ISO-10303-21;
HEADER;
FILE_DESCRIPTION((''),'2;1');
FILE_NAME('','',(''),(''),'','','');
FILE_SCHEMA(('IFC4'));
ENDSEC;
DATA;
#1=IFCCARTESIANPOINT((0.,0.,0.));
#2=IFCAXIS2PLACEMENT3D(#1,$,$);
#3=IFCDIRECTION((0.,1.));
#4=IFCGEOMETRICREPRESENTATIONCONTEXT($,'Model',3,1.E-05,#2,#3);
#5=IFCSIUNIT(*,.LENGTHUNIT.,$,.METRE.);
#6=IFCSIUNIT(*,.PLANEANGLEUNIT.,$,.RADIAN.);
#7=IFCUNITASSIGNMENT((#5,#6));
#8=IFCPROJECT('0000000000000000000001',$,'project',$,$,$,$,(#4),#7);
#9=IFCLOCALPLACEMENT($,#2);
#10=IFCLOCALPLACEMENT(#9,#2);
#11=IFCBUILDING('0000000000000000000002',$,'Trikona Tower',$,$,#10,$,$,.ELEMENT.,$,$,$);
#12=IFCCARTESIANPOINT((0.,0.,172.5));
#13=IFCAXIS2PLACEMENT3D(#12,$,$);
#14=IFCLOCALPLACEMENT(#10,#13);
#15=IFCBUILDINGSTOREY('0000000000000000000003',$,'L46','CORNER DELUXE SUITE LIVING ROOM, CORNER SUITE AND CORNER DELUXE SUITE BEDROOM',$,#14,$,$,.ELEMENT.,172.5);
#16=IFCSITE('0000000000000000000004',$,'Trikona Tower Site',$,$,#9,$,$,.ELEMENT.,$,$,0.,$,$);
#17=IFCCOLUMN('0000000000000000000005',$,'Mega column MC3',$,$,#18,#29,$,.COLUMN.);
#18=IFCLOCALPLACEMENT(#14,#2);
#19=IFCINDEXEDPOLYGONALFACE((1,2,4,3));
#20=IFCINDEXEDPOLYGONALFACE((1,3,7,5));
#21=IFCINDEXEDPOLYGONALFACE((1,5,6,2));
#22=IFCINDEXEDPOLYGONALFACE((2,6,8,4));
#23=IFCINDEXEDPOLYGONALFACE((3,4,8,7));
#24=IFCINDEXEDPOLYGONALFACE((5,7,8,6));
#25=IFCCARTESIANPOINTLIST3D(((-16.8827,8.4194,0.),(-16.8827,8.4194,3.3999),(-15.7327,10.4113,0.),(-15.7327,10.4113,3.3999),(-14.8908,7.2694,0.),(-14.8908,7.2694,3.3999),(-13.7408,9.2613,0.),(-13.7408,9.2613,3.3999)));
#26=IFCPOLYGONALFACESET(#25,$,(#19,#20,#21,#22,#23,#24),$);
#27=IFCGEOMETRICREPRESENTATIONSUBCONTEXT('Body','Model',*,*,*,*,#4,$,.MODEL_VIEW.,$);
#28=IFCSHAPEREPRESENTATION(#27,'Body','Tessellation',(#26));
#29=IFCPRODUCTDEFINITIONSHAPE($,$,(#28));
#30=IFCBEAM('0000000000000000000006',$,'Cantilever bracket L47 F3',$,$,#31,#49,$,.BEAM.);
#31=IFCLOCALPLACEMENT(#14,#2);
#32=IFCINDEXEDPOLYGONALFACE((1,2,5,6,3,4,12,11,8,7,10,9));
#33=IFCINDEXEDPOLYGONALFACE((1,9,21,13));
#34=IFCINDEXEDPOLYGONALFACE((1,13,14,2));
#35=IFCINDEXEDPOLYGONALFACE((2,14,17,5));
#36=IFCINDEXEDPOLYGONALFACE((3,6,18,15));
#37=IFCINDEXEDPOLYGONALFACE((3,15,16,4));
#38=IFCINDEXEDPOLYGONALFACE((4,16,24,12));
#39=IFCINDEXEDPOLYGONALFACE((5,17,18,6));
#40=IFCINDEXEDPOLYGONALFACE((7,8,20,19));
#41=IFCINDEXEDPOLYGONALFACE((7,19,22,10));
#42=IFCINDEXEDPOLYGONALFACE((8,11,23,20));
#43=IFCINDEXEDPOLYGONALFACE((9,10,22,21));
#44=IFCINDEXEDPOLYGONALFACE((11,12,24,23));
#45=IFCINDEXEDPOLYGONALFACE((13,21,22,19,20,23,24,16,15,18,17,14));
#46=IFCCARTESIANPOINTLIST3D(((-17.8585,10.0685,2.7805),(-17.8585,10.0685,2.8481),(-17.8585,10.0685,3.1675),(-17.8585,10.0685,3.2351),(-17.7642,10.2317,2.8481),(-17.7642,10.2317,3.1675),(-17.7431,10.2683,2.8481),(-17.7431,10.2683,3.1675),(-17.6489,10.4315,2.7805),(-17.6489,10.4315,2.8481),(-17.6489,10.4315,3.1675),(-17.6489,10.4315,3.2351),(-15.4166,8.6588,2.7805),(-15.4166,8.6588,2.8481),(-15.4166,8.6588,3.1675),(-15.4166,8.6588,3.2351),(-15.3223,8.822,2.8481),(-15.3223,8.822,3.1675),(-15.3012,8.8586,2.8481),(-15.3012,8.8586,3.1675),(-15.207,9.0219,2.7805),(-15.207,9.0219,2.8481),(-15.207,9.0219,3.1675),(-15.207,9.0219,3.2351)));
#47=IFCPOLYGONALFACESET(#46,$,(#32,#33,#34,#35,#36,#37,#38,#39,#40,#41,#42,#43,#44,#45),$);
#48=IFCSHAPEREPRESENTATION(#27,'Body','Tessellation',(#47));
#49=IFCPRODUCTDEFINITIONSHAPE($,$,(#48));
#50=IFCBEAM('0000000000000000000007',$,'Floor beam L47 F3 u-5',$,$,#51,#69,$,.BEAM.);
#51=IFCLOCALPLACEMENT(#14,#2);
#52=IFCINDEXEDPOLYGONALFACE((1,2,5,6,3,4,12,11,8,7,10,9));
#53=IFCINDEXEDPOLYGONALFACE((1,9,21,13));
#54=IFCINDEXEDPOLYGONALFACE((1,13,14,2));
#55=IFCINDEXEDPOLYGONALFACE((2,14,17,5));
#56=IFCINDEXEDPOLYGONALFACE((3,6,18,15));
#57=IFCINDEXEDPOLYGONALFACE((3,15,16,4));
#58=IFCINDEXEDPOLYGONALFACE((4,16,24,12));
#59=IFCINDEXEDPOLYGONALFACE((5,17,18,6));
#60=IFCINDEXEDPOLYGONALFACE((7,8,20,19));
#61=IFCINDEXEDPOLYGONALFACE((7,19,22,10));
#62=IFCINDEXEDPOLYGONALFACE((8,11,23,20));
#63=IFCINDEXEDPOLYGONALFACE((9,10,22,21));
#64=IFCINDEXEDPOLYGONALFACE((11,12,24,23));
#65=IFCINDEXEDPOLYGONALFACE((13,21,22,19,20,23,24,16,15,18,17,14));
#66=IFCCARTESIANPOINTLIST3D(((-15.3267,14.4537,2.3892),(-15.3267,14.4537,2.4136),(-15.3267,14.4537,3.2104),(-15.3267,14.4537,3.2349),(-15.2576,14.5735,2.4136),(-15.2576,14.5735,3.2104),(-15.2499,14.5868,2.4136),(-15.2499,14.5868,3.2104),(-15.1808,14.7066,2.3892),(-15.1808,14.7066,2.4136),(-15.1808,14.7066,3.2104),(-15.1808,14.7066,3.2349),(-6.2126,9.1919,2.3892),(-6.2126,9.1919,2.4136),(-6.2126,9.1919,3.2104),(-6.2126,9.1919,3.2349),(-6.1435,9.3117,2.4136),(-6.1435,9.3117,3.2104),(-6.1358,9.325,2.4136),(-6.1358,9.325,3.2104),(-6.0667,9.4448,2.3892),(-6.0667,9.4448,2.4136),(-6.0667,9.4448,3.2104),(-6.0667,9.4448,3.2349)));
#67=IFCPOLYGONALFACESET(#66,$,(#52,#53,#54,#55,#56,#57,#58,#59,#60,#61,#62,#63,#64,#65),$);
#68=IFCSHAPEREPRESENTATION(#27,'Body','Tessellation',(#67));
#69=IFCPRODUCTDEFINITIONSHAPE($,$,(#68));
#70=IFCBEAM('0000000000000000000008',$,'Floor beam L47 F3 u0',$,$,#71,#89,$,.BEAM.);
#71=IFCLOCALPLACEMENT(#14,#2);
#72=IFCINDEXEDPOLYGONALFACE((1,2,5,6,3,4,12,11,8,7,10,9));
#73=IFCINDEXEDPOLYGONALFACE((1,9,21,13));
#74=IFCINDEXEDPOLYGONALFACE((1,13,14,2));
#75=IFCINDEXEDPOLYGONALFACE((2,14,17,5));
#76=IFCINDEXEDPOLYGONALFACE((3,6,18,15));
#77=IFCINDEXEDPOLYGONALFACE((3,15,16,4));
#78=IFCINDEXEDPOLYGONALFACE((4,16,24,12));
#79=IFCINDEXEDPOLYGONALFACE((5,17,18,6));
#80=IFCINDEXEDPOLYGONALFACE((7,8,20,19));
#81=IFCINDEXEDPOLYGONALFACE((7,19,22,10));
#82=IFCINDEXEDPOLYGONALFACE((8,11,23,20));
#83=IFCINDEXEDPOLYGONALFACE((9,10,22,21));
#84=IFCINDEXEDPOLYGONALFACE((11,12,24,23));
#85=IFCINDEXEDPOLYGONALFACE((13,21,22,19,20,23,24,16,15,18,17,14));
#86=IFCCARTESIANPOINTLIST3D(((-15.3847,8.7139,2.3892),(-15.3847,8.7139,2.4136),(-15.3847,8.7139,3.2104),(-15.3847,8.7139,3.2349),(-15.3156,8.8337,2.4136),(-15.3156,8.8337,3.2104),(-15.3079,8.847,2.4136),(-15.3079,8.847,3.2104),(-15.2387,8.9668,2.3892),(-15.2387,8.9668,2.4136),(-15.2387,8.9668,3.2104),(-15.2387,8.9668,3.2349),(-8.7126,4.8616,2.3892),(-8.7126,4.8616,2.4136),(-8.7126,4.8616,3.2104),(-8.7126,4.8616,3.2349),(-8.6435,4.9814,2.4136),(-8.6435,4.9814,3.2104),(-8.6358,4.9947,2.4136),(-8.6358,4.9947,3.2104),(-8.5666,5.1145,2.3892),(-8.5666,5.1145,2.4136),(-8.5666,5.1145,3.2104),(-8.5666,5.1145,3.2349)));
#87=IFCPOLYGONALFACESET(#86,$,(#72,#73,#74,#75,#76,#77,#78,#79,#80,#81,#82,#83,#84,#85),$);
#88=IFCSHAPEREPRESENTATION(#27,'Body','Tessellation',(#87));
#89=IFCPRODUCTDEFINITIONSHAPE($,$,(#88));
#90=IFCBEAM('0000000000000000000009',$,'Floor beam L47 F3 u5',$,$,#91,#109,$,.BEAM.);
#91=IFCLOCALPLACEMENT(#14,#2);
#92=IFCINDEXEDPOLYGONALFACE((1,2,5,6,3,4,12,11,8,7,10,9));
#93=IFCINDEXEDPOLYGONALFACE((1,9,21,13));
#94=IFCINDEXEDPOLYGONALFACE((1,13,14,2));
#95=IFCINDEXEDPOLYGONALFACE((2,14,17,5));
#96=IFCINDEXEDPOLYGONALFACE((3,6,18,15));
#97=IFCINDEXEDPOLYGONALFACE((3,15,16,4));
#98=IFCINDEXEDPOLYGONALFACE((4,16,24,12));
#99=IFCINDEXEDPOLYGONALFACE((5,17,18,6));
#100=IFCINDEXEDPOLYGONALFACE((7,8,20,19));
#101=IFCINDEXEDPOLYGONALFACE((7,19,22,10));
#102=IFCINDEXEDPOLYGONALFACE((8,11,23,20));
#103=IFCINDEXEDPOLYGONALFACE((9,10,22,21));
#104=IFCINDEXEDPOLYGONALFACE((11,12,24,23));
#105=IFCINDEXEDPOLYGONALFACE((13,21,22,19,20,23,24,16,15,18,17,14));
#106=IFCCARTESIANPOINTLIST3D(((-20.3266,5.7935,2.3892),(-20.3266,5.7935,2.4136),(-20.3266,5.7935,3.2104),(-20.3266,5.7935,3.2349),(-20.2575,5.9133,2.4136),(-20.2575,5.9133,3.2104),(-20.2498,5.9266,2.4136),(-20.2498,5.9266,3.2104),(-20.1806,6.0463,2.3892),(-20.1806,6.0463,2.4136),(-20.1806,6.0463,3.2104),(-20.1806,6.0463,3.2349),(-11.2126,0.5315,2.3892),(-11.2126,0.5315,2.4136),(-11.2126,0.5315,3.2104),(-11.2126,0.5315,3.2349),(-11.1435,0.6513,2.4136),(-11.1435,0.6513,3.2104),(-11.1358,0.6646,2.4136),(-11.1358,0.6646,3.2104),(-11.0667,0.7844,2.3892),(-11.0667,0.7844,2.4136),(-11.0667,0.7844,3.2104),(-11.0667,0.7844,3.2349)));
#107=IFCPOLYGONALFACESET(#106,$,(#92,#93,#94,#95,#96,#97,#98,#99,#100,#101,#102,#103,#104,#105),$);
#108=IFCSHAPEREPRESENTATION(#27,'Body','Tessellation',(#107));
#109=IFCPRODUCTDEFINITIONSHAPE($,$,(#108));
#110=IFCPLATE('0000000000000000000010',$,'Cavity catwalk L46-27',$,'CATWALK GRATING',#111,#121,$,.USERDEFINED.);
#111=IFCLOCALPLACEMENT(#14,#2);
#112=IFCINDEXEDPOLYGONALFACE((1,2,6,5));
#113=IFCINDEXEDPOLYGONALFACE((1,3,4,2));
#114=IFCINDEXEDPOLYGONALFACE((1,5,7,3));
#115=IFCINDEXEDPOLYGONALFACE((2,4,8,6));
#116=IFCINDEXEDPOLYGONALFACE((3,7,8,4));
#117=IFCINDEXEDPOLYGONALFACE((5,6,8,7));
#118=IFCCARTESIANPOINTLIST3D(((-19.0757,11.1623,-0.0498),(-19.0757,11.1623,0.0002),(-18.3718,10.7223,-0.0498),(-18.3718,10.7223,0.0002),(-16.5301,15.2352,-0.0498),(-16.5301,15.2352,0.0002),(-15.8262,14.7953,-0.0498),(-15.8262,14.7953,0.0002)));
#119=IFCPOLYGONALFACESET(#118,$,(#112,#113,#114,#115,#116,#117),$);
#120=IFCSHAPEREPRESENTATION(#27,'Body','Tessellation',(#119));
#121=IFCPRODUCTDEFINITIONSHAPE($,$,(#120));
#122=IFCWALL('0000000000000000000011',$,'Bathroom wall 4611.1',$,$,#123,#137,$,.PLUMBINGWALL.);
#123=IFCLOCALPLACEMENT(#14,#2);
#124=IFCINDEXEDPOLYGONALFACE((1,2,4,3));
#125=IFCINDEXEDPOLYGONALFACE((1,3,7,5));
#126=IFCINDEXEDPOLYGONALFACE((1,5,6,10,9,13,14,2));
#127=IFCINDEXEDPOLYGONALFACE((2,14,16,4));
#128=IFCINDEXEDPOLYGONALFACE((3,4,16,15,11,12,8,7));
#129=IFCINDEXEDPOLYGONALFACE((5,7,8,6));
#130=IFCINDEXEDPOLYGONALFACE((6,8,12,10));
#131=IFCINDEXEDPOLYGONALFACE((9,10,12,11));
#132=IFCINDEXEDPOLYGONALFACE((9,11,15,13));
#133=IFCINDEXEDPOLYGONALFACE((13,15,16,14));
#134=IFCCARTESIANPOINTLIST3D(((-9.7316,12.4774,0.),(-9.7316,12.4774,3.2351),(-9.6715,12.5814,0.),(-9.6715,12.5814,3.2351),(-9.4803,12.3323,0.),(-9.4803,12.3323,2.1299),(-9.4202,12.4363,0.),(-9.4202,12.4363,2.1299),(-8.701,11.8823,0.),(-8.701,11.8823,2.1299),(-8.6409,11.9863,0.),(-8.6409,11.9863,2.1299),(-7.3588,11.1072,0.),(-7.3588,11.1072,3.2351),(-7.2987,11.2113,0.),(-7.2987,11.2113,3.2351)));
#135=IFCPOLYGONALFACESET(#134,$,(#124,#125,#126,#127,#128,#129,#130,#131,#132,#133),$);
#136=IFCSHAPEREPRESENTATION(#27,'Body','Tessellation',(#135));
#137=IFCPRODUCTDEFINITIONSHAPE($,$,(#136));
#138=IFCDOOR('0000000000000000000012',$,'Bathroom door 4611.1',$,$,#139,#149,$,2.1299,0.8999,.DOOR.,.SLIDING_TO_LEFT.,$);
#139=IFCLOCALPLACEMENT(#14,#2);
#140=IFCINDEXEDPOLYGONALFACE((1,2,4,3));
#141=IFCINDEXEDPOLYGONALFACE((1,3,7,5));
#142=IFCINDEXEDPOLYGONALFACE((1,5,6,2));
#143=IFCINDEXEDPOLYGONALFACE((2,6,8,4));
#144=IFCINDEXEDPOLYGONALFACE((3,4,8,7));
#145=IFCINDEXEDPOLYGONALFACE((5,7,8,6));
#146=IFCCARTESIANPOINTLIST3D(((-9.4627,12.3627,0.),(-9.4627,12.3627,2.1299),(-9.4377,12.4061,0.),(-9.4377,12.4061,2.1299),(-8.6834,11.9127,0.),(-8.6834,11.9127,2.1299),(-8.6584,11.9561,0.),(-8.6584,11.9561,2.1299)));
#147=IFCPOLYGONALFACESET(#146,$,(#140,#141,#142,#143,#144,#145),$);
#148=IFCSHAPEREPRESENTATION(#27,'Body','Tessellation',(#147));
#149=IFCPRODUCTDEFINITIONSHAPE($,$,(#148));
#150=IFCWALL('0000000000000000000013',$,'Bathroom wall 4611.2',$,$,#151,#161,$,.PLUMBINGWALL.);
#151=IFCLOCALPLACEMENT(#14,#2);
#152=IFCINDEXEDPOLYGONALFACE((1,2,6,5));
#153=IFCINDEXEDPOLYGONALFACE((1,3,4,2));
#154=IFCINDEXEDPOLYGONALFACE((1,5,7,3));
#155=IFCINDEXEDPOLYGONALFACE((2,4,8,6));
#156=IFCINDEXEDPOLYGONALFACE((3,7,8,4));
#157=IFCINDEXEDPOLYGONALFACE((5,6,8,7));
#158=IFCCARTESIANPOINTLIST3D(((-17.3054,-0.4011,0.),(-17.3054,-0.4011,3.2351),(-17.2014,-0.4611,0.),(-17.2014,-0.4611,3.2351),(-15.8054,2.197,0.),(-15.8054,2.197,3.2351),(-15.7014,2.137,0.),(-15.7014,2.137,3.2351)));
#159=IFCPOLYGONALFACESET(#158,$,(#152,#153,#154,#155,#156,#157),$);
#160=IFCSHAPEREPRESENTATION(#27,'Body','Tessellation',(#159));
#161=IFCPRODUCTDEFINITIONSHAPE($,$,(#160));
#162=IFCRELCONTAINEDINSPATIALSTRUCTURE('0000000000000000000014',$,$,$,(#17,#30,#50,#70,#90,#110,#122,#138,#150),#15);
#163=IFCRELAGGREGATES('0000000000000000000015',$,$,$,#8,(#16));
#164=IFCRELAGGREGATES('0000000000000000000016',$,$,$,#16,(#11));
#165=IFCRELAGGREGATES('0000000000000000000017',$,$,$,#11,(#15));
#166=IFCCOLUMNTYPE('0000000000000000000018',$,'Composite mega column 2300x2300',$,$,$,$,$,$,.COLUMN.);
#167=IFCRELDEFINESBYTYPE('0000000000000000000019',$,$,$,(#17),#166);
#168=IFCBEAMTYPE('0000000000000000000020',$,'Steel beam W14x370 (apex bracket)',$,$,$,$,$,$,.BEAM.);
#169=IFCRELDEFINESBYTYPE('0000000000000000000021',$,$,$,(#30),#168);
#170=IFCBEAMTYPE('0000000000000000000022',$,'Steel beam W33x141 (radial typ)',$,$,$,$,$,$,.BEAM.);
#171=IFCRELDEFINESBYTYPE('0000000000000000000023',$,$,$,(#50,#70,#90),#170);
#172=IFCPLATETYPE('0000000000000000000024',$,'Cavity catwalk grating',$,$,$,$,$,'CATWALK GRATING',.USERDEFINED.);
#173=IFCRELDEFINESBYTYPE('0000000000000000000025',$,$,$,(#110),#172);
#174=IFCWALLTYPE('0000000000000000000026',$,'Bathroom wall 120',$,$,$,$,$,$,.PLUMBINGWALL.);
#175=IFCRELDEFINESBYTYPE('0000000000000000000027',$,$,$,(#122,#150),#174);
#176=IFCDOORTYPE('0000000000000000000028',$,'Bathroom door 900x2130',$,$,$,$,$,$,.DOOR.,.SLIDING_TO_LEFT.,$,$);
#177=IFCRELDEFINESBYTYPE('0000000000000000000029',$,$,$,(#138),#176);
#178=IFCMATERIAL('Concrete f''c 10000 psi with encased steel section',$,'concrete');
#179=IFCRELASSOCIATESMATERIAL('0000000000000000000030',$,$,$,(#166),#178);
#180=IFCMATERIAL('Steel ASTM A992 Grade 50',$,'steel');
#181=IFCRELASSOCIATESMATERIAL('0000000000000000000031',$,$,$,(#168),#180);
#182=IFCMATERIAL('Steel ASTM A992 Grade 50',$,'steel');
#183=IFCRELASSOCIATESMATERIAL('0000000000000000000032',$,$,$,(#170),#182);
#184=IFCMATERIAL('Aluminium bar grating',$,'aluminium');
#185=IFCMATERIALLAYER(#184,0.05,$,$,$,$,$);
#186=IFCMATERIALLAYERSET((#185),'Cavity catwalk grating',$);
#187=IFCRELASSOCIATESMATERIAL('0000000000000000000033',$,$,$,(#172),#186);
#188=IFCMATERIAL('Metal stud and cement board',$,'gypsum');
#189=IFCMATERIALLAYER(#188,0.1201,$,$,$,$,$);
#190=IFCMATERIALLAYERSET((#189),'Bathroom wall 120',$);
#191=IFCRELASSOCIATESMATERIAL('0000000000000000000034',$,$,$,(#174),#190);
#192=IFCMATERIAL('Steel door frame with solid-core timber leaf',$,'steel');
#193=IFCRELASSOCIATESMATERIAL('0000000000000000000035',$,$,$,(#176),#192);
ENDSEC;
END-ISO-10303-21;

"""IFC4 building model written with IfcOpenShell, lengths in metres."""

from ifc_helpers import new_model, si_unit, direction, frame, frame_2d, origin, origin_2d, place, context, subcontext, project, spatial, rectangle, i_section, extrude, material, layer, layer_set, material_profile, profile_set, type_object, element, fill, save


model = new_model("IFC4")

# Units and contexts
model_context = context("Model", 3, precision=1e-05, world=origin(), true_north=direction((0.0, 1.0)))
body_context = subcontext(model_context, "Body", "Model", "MODEL_VIEW")
ifc_project = project(units=[si_unit("LENGTHUNIT", "METRE"), si_unit("PLANEANGLEUNIT", "RADIAN")], contexts=[model_context])

# Site, building, storey
site_placement = place(None, origin())
site = spatial("IfcSite", under=ifc_project, at=site_placement, Name="Trikona Tower Site", CompositionType="ELEMENT", RefElevation=0.0)
building_placement = place(site_placement, origin())
building = spatial("IfcBuilding", under=site, at=building_placement, Name="Trikona Tower", CompositionType="ELEMENT")
storey_placement = place(building_placement, frame((0.0, 0.0, 172.5)))
storey = spatial("IfcBuildingStorey", under=building, at=storey_placement, Name="L46", Description="CORNER DELUXE SUITE LIVING ROOM, CORNER SUITE AND CORNER DELUXE SUITE BEDROOM", CompositionType="ELEMENT", Elevation=172.5)

# Column
ifc_material_1 = material(Name="Concrete f'c 10000 psi with encased steel section", Category="concrete")
ifc_material_profile_1 = material_profile(ifc_material_1, rectangle(XDim=2.3, YDim=2.3, at=origin_2d()), Name="MC2300")
ifc_profile_set_1 = profile_set([ifc_material_profile_1], Name="Concrete f'c 10000 psi with encased steel section")
column_type = type_object("IfcColumnType", Name="Composite mega column 2300x2300", PredefinedType="COLUMN", material=ifc_profile_set_1)
column_placement = place(storey_placement, frame((-15.3118, 8.8403, 0.0), z_axis=(0.0, 0.0, 1.0), x_axis=(-0.866025, 0.5, 0.0)))
element("IfcColumn", 1, at=column_placement, inside=storey, type_object=column_type, Name="Mega column MC3", PredefinedType="COLUMN", context=body_context, shape_type="SweptSolid", body=[
    extrude(rectangle(XDim=2.3, YDim=2.3, at=origin_2d()), origin(), (0.0, 0.0, 1.0), 3.3999),
])

# Beams
ifc_material_2 = material(Name="Steel ASTM A992 Grade 50", Category="steel")
ifc_material_profile_2 = material_profile(ifc_material_2, i_section(OverallWidth=0.4192, OverallDepth=0.4546, WebThickness=0.0422, FlangeThickness=0.0676, at=origin_2d()), Name="W14X370")
ifc_profile_set_2 = profile_set([ifc_material_profile_2], Name="Steel ASTM A992 Grade 50")
beam_type_1 = type_object("IfcBeamType", Name="Steel beam W14x370 (apex bracket)", PredefinedType="BEAM", material=ifc_profile_set_2)
beam_1_placement = place(storey_placement, frame((-15.3118, 8.8403, 3.0078), z_axis=(-0.86605, 0.499957, 0.0), x_axis=(-0.499957, -0.86605, 0.0)))
element("IfcBeam", 2, at=beam_1_placement, inside=storey, type_object=beam_type_1, Name="Cantilever bracket L47 F3", PredefinedType="BEAM", context=body_context, shape_type="SweptSolid", body=[
    extrude(i_section(OverallWidth=0.4192, OverallDepth=0.4546, WebThickness=0.0422, FlangeThickness=0.0676, at=origin_2d()), origin(), (0.0, 0.0, 1.0), 2.8196),
])
ifc_material_3 = material(Name="Steel ASTM A992 Grade 50", Category="steel")
ifc_material_profile_3 = material_profile(ifc_material_3, i_section(OverallWidth=0.292, OverallDepth=0.8457, WebThickness=0.0154, FlangeThickness=0.0244, at=origin_2d()), Name="W33X141")
ifc_profile_set_3 = profile_set([ifc_material_profile_3], Name="Steel ASTM A992 Grade 50")
beam_type_2 = type_object("IfcBeamType", Name="Steel beam W33x141 (radial typ)", PredefinedType="BEAM", material=ifc_profile_set_3)
beam_2_placement = place(storey_placement, frame((-6.1396, 9.3184, 2.812), z_axis=(-0.866036, 0.499982, 0.0), x_axis=(-0.499982, -0.866036, 0.0)))
element("IfcBeam", 3, at=beam_2_placement, inside=storey, type_object=beam_type_2, Name="Floor beam L47 F3 u-5", PredefinedType="BEAM", context=body_context, shape_type="SweptSolid", body=[
    extrude(i_section(OverallWidth=0.292, OverallDepth=0.8457, WebThickness=0.0154, FlangeThickness=0.0244, at=origin_2d()), origin(), (0.0, 0.0, 1.0), 10.5239),
])
beam_3_placement = place(storey_placement, frame((-8.6396, 4.988, 2.812), z_axis=(-0.866017, 0.500014, 0.0), x_axis=(-0.500014, -0.866017, 0.0)))
element("IfcBeam", 4, at=beam_3_placement, inside=storey, type_object=beam_type_2, Name="Floor beam L47 F3 u0", PredefinedType="BEAM", context=body_context, shape_type="SweptSolid", body=[
    extrude(i_section(OverallWidth=0.292, OverallDepth=0.8457, WebThickness=0.0154, FlangeThickness=0.0244, at=origin_2d()), origin(), (0.0, 0.0, 1.0), 7.7043),
])
beam_4_placement = place(storey_placement, frame((-11.1396, 0.658, 2.812), z_axis=(-0.866026, 0.499999, 0.0), x_axis=(-0.499999, -0.866026, 0.0)))
element("IfcBeam", 5, at=beam_4_placement, inside=storey, type_object=beam_type_2, Name="Floor beam L47 F3 u5", PredefinedType="BEAM", context=body_context, shape_type="SweptSolid", body=[
    extrude(i_section(OverallWidth=0.292, OverallDepth=0.8457, WebThickness=0.0154, FlangeThickness=0.0244, at=origin_2d()), origin(), (0.0, 0.0, 1.0), 10.5239),
])

# Plate
ifc_material_4 = material(Name="Aluminium bar grating", Category="aluminium")
ifc_layer_1 = layer(ifc_material_4, 0.05)
ifc_layer_set_1 = layer_set([ifc_layer_1], Name="Cavity catwalk grating")
plate_type = type_object("IfcPlateType", Name="Cavity catwalk grating", ElementType="CATWALK GRATING", PredefinedType="USERDEFINED", material=ifc_layer_set_1)
plate_placement = place(storey_placement, frame((-17.4509, 12.9788, -0.0498), z_axis=(0.0, 0.0, 1.0), x_axis=(-0.529995, -0.848001, 0.0)))
element("IfcPlate", 6, at=plate_placement, inside=storey, type_object=plate_type, Name="Cavity catwalk L46-27", ObjectType="CATWALK GRATING", PredefinedType="USERDEFINED", context=body_context, shape_type="SweptSolid", body=[
    extrude(rectangle(XDim=4.803, YDim=0.8301, at=origin_2d()), origin(), (0.0, 0.0, 1.0), 0.05),
])

# Wall, opening, door
ifc_material_5 = material(Name="Metal stud and cement board", Category="gypsum")
ifc_layer_2 = layer(ifc_material_5, 0.1201)
ifc_layer_set_2 = layer_set([ifc_layer_2], Name="Bathroom wall 120")
wall_type_1 = type_object("IfcWallType", Name="Bathroom wall 120", PredefinedType="PLUMBINGWALL", material=ifc_layer_set_2)
wall_1_placement = place(storey_placement, frame((-7.3286, 11.1592, 0.0), z_axis=(0.0, 0.0, 1.0), x_axis=(-0.865997, 0.500049, 0.0)))
wall_1 = element("IfcWall", 7, at=wall_1_placement, inside=storey, type_object=wall_type_1, Name="Bathroom wall 4611.1", PredefinedType="PLUMBINGWALL", context=body_context, shape_type="SweptSolid", body=[
    extrude(rectangle(XDim=2.74, YDim=0.1201, at=frame_2d((1.3701, 0.0))), origin(), (0.0, 0.0, 1.0), 3.2351),
])
opening_1_placement = place(wall_1_placement, frame((1.55, 0.0, 0.0)))
opening_1 = element("IfcOpeningElement", 8, at=opening_1_placement, cuts=wall_1, PredefinedType="OPENING", context=body_context, shape_type="SweptSolid", body=[
    extrude(rectangle(XDim=0.8999, YDim=2.1299, at=frame_2d((0.45, 1.0649))), frame((0.0, 0.0701, 0.0), z_axis=(0.0, -1.0, 0.0), x_axis=(1.0, 0.0, 0.0)), (0.0, 0.0, 1.0), 0.1401),
])
ifc_material_6 = material(Name="Steel door frame with solid-core timber leaf", Category="steel")
door_type_1 = type_object("IfcDoorType", Name="Bathroom door 900x2130", OperationType="SLIDING_TO_LEFT", PredefinedType="DOOR", material=ifc_material_6)
door_1_placement = place(opening_1_placement, origin())
door_1 = element("IfcDoor", 9, at=door_1_placement, inside=storey, type_object=door_type_1, Name="Bathroom door 4611.1", OperationType="SLIDING_TO_LEFT", OverallHeight=2.1299, OverallWidth=0.8999, PredefinedType="DOOR", context=body_context, shape_type="SweptSolid", body=[
    extrude(rectangle(XDim=0.8999, YDim=2.1299, at=frame_2d((0.45, 1.0649))), frame((0.0, 0.0249, 0.0), z_axis=(0.0, -1.0, 0.0), x_axis=(1.0, 0.0, 0.0)), (0.0, 0.0, 1.0), 0.05),
])
fill(opening_1, door_1)

# Wall
wall_2_placement = place(storey_placement, frame((-15.7534, 2.167, 0.0), z_axis=(0.0, 0.0, 1.0), x_axis=(-0.49999, -0.866031, 0.0)))
element("IfcWall", 10, at=wall_2_placement, inside=storey, type_object=wall_type_1, Name="Bathroom wall 4611.2", PredefinedType="PLUMBINGWALL", context=body_context, shape_type="SweptSolid", body=[
    extrude(rectangle(XDim=3.0, YDim=0.1201, at=frame_2d((1.5, 0.0))), origin(), (0.0, 0.0, 1.0), 3.2351),
])

save(model, "model.ifc")
